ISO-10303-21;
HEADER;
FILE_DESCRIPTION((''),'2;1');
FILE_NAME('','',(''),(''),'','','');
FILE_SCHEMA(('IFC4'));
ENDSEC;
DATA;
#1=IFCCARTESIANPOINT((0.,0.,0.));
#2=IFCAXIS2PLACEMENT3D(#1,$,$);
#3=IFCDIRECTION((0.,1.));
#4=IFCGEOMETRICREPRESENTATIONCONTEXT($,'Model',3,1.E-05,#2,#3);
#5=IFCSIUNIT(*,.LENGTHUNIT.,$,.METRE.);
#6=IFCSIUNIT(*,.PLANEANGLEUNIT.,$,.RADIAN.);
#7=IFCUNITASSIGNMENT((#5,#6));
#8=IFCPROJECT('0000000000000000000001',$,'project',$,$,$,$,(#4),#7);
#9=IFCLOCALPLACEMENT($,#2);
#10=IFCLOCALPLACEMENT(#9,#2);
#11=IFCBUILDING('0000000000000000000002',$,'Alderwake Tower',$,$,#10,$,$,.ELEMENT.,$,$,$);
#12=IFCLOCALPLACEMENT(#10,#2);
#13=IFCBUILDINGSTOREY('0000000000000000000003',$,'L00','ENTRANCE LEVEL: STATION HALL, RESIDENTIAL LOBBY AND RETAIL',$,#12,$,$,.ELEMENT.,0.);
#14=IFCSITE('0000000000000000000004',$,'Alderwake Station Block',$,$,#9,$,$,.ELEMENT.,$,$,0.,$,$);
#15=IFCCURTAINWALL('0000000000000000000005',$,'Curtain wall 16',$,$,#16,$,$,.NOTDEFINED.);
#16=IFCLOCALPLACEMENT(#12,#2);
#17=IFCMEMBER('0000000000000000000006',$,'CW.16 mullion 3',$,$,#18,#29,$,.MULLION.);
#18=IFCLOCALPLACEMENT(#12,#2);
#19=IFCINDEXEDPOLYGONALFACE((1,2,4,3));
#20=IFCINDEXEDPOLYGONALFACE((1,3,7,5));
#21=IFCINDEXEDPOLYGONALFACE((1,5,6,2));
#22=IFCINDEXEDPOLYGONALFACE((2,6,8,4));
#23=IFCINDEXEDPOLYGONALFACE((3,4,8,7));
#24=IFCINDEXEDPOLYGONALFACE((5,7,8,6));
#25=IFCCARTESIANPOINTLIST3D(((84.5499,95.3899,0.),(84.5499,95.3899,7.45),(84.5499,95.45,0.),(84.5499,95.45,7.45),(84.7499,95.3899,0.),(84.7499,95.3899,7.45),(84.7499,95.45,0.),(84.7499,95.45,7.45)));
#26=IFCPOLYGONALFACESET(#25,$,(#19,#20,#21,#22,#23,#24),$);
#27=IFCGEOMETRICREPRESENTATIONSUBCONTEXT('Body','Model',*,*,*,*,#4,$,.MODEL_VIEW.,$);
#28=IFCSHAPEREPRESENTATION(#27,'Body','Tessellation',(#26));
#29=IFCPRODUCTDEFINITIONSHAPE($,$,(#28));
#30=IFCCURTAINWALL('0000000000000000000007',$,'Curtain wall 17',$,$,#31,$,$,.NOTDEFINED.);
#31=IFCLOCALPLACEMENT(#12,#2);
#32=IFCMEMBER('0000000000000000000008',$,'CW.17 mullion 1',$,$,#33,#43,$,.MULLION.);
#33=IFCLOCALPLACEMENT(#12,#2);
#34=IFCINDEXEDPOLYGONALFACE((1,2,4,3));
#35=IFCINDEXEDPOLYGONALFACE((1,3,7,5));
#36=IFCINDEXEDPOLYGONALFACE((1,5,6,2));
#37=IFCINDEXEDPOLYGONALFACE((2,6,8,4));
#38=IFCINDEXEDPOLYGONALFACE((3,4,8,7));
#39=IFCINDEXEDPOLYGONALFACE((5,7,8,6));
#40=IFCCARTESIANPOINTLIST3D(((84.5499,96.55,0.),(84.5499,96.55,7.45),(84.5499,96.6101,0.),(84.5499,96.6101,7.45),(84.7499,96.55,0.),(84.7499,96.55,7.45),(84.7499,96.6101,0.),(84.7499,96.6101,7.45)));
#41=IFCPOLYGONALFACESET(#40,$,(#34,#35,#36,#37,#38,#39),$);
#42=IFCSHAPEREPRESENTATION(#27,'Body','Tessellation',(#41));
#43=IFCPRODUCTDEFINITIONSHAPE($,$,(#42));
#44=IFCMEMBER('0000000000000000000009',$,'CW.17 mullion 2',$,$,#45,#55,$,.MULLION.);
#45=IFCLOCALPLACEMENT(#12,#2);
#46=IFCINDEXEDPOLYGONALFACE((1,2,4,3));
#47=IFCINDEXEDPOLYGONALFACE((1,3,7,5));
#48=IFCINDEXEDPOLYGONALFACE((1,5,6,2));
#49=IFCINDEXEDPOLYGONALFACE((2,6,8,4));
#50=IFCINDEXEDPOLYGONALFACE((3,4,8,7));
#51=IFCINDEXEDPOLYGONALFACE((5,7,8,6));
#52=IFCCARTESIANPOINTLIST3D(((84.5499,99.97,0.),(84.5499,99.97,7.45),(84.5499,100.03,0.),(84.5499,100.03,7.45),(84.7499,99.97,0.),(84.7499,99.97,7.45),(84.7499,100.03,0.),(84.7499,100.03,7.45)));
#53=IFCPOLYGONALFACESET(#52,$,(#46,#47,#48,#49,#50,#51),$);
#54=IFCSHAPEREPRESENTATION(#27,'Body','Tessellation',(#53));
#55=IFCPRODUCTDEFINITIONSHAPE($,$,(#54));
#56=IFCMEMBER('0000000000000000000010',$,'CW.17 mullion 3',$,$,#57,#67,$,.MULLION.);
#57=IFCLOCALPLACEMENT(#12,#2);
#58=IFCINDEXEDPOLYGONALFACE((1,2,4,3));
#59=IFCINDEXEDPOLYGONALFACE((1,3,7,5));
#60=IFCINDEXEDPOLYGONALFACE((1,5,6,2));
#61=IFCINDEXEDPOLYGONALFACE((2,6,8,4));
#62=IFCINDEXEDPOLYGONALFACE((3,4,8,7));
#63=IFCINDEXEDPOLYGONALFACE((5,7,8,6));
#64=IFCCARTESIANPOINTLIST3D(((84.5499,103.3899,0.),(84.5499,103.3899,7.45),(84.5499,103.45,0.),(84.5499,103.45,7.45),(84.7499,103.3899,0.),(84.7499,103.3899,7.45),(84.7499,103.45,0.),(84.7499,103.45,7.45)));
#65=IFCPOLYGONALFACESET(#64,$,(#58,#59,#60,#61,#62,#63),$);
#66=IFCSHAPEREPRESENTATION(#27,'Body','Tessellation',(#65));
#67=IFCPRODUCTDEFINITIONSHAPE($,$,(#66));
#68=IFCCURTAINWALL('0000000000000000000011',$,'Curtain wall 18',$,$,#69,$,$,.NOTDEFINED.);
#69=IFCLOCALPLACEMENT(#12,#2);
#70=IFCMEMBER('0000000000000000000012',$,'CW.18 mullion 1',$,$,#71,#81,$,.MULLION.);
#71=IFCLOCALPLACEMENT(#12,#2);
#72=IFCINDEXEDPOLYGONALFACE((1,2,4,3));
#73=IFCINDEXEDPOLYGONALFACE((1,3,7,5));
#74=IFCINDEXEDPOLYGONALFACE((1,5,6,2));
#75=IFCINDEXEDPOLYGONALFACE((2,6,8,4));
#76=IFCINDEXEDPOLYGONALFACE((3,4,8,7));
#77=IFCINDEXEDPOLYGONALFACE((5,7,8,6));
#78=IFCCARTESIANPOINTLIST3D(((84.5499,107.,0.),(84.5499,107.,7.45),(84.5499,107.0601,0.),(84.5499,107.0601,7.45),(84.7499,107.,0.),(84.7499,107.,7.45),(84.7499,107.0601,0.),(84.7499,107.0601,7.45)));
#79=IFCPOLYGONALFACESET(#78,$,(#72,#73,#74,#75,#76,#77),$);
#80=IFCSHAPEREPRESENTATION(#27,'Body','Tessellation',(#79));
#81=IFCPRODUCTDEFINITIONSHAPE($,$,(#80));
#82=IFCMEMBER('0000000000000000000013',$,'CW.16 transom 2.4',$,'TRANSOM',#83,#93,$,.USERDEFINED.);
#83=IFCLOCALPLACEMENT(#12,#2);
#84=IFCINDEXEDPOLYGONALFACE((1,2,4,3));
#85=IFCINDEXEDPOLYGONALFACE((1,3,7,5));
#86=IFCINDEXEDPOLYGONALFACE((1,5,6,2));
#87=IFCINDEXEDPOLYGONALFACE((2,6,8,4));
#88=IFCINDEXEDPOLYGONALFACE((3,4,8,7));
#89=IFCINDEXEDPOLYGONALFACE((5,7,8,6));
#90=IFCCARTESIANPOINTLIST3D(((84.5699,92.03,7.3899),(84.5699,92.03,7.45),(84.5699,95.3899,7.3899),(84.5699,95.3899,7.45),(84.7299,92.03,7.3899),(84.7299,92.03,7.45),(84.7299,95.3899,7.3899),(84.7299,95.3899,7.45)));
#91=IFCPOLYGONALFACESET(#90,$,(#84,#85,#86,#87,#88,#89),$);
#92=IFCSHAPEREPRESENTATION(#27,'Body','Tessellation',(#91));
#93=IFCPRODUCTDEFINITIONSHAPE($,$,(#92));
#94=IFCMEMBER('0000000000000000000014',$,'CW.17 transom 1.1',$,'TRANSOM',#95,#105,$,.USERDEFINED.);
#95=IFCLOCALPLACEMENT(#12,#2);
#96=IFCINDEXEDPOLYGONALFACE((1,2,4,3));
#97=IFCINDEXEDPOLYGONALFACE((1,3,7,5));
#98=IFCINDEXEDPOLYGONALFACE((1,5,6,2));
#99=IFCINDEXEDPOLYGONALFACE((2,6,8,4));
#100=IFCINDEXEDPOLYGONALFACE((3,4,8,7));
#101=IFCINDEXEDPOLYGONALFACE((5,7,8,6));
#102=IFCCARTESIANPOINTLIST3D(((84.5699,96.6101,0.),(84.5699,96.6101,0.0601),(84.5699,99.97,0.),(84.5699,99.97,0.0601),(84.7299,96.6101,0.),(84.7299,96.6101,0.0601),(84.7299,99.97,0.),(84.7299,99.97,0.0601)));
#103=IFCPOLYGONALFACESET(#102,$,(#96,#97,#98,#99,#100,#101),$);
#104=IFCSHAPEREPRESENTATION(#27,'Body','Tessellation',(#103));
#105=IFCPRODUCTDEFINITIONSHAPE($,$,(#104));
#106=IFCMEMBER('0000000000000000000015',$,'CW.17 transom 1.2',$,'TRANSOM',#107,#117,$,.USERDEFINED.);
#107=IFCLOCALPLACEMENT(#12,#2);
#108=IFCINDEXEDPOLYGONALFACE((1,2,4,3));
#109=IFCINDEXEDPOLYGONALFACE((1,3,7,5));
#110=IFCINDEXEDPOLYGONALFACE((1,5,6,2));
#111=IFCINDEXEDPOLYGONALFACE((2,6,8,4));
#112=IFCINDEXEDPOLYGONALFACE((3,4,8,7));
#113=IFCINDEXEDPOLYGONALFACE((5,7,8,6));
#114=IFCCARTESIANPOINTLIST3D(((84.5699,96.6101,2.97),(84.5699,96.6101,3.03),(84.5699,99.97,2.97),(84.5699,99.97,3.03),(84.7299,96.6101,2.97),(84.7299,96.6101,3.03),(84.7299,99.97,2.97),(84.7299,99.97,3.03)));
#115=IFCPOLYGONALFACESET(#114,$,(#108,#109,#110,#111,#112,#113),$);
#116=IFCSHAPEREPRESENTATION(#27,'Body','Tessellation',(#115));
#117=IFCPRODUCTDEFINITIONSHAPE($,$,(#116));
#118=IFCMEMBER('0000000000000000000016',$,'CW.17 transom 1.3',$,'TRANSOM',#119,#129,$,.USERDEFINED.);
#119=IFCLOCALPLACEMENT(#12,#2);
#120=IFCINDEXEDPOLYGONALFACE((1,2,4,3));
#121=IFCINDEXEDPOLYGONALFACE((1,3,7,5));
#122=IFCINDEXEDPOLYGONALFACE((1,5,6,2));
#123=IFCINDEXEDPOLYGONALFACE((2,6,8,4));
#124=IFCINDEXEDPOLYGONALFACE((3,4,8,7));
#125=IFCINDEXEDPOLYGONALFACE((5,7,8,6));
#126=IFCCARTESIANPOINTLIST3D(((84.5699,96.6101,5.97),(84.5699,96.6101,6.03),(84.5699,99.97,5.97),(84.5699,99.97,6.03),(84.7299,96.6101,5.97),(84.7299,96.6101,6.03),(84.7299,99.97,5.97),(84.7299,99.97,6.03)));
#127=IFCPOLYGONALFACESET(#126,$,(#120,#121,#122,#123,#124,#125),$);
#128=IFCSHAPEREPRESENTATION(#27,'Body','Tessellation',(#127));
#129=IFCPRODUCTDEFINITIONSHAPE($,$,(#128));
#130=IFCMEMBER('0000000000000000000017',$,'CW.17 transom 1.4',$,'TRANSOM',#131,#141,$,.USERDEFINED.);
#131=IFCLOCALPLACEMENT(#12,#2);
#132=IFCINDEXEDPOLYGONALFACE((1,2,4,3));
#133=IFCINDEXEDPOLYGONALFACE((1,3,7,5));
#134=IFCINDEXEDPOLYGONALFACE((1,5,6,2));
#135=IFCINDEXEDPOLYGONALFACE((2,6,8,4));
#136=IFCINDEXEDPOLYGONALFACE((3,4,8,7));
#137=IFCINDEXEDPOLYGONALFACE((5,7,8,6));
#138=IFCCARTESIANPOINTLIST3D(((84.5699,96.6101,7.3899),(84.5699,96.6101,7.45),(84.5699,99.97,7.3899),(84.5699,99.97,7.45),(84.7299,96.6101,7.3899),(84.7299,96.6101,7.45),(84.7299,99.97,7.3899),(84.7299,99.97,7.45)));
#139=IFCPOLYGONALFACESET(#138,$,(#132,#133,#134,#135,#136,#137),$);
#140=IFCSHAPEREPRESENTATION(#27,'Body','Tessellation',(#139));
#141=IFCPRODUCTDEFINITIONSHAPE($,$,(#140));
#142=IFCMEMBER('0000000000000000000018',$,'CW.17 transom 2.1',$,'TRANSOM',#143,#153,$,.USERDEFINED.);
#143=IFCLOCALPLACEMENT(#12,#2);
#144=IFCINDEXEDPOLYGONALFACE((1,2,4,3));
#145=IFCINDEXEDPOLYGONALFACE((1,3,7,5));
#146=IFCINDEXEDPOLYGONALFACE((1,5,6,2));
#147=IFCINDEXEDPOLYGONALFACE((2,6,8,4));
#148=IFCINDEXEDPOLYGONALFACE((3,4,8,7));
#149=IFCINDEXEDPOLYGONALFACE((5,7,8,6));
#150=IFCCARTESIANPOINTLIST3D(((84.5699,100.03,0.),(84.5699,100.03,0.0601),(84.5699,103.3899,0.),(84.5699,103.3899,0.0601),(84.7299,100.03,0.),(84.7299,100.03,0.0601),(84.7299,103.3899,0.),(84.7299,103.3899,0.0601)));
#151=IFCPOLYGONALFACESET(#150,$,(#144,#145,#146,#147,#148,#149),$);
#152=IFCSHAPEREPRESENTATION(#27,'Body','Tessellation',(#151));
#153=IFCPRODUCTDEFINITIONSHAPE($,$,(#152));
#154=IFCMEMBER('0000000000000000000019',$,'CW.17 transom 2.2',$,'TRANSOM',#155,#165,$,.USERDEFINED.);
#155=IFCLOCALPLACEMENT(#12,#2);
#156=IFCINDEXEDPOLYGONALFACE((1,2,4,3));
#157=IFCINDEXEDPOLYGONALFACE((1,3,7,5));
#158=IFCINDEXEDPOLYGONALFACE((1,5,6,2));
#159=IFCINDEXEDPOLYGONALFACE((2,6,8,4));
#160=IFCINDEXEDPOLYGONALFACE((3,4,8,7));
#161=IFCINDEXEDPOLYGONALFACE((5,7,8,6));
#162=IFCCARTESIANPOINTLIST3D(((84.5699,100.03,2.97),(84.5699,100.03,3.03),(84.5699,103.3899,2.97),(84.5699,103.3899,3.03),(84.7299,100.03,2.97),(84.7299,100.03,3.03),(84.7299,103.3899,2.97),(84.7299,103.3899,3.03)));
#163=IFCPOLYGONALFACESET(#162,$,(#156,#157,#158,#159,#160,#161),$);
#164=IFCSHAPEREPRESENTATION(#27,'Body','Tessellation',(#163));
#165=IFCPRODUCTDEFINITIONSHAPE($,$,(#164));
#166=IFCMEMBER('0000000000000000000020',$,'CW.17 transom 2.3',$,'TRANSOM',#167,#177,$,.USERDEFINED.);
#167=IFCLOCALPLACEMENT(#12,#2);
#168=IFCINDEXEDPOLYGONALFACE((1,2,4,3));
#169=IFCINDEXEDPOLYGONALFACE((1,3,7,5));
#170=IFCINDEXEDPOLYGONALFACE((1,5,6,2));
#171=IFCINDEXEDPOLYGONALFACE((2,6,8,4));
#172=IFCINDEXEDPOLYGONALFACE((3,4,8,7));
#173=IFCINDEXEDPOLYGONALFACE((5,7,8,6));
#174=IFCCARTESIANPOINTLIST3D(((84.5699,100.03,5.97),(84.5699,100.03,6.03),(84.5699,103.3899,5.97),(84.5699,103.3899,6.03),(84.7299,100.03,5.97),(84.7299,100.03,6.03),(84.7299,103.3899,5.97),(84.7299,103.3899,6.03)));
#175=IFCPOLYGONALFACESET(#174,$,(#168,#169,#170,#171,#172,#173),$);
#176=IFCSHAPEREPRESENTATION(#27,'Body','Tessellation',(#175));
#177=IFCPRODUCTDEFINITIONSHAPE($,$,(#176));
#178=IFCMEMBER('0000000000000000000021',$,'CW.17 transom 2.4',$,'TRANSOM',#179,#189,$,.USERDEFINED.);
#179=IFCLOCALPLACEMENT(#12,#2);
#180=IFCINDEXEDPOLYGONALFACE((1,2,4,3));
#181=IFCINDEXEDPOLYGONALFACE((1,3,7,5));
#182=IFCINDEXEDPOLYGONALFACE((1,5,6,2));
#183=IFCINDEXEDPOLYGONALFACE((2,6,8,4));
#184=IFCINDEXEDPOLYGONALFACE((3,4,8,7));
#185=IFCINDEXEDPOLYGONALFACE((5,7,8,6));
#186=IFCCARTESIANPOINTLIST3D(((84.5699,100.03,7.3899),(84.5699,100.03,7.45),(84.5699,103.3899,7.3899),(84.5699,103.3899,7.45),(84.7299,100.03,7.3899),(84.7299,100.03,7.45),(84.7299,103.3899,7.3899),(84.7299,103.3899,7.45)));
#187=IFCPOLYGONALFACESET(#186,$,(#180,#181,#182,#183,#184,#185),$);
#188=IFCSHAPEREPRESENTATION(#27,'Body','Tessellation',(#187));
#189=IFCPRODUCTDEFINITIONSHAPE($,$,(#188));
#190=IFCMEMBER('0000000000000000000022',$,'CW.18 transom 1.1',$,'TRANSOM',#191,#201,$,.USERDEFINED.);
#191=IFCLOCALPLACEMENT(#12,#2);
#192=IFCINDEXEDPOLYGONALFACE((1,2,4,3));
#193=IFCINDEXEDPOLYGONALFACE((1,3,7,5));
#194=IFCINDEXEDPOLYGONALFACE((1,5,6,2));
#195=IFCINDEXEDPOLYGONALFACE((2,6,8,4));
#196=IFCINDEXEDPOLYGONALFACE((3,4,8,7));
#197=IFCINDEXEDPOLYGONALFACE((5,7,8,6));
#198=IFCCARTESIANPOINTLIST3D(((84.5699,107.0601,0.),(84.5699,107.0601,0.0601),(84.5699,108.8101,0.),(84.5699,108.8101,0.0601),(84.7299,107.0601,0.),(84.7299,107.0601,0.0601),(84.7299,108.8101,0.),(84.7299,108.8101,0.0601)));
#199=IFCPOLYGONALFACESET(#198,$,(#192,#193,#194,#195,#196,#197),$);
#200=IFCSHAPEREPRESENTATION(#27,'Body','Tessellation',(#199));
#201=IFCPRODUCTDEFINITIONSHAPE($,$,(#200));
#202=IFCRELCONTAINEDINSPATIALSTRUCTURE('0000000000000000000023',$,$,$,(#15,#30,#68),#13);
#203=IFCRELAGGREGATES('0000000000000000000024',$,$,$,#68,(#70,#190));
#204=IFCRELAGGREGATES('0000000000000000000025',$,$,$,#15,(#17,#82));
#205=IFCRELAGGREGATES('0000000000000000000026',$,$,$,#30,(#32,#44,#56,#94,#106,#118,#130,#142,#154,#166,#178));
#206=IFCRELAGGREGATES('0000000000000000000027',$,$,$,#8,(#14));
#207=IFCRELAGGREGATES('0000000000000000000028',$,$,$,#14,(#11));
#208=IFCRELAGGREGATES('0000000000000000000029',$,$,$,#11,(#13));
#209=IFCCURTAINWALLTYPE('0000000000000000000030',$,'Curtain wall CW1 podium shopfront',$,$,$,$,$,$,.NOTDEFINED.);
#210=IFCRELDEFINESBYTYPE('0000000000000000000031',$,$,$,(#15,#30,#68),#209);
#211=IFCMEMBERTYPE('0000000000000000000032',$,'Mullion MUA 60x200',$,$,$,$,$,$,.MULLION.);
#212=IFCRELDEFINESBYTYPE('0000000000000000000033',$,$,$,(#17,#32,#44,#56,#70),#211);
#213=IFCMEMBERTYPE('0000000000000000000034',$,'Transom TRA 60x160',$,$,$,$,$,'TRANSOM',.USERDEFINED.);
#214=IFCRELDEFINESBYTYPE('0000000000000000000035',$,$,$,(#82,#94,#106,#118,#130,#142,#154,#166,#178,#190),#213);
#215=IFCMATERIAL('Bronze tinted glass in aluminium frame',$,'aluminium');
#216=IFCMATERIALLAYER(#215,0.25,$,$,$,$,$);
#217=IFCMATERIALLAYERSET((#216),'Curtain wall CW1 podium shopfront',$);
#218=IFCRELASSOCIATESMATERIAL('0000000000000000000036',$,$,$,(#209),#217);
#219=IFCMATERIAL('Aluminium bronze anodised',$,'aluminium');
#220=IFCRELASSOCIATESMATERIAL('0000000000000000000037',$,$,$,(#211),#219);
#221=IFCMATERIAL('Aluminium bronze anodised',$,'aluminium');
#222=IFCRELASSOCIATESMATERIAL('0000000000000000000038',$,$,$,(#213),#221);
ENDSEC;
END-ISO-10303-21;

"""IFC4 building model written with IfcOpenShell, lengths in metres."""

from ifc_helpers import new_model, si_unit, direction, frame, origin, origin_2d, place, context, subcontext, project, spatial, rectangle, extrude, material, layer, layer_set, material_profile, profile_set, type_object, element, aggregate, save


model = new_model("IFC4")

# Units and contexts
model_context = context("Model", 3, precision=1e-05, world=origin(), true_north=direction((0.0, 1.0)))
body_context = subcontext(model_context, "Body", "Model", "MODEL_VIEW")
ifc_project = project(units=[si_unit("LENGTHUNIT", "METRE"), si_unit("PLANEANGLEUNIT", "RADIAN")], contexts=[model_context])

# Site, building, storey
site_placement = place(None, origin())
site = spatial("IfcSite", under=ifc_project, at=site_placement, Name="Alderwake Station Block", CompositionType="ELEMENT", RefElevation=0.0)
building_placement = place(site_placement, origin())
building = spatial("IfcBuilding", under=site, at=building_placement, Name="Alderwake Tower", CompositionType="ELEMENT")
storey_placement = place(building_placement, origin())
storey = spatial("IfcBuildingStorey", under=building, at=storey_placement, Name="L00", Description="ENTRANCE LEVEL: STATION HALL, RESIDENTIAL LOBBY AND RETAIL", CompositionType="ELEMENT", Elevation=0.0)

# Curtain wall, member
ifc_material_1 = material(Name="Bronze tinted glass in aluminium frame", Category="aluminium")
ifc_layer_1 = layer(ifc_material_1, 0.25)
ifc_layer_set_1 = layer_set([ifc_layer_1], Name="Curtain wall CW1 podium shopfront")
curtain_wall_type = type_object("IfcCurtainWallType", Name="Curtain wall CW1 podium shopfront", PredefinedType="NOTDEFINED", material=ifc_layer_set_1)
curtain_wall_1_placement = place(storey_placement, origin())
curtain_wall_1 = element("IfcCurtainWall", 1, at=curtain_wall_1_placement, inside=storey, type_object=curtain_wall_type, Name="Curtain wall 16", PredefinedType="NOTDEFINED")
ifc_material_2 = material(Name="Aluminium bronze anodised", Category="aluminium")
ifc_material_profile_1 = material_profile(ifc_material_2, rectangle(XDim=0.2, YDim=0.0601, at=origin_2d()), Name="Mullion MUA 60x200")
ifc_profile_set_1 = profile_set([ifc_material_profile_1], Name="Aluminium bronze anodised")
member_type_1 = type_object("IfcMemberType", Name="Mullion MUA 60x200", PredefinedType="MULLION", material=ifc_profile_set_1)
member_1_placement = place(storey_placement, frame((84.6499, 95.4199, 0.0), z_axis=(0.0, 0.0, 1.0), x_axis=(-1.0, 0.0, 0.0)))
member_1 = element("IfcMember", 2, at=member_1_placement, type_object=member_type_1, Name="CW.16 mullion 3", PredefinedType="MULLION", context=body_context, shape_type="SweptSolid", body=[
    extrude(rectangle(XDim=0.2, YDim=0.0601, at=origin_2d()), origin(), (0.0, 0.0, 1.0), 7.45),
])

# Curtain wall, members
curtain_wall_2_placement = place(storey_placement, origin())
curtain_wall_2 = element("IfcCurtainWall", 3, at=curtain_wall_2_placement, inside=storey, type_object=curtain_wall_type, Name="Curtain wall 17", PredefinedType="NOTDEFINED")
member_2_placement = place(storey_placement, frame((84.6499, 96.5801, 0.0), z_axis=(0.0, 0.0, 1.0), x_axis=(-1.0, 0.0, 0.0)))
member_2 = element("IfcMember", 4, at=member_2_placement, type_object=member_type_1, Name="CW.17 mullion 1", PredefinedType="MULLION", context=body_context, shape_type="SweptSolid", body=[
    extrude(rectangle(XDim=0.2, YDim=0.0601, at=origin_2d()), origin(), (0.0, 0.0, 1.0), 7.45),
])
member_3_placement = place(storey_placement, frame((84.6499, 100.0, 0.0), z_axis=(0.0, 0.0, 1.0), x_axis=(-1.0, 0.0, 0.0)))
member_3 = element("IfcMember", 5, at=member_3_placement, type_object=member_type_1, Name="CW.17 mullion 2", PredefinedType="MULLION", context=body_context, shape_type="SweptSolid", body=[
    extrude(rectangle(XDim=0.2, YDim=0.0601, at=origin_2d()), origin(), (0.0, 0.0, 1.0), 7.45),
])
member_4_placement = place(storey_placement, frame((84.6499, 103.4199, 0.0), z_axis=(0.0, 0.0, 1.0), x_axis=(-1.0, 0.0, 0.0)))
member_4 = element("IfcMember", 6, at=member_4_placement, type_object=member_type_1, Name="CW.17 mullion 3", PredefinedType="MULLION", context=body_context, shape_type="SweptSolid", body=[
    extrude(rectangle(XDim=0.2, YDim=0.0601, at=origin_2d()), origin(), (0.0, 0.0, 1.0), 7.45),
])

# Curtain wall, member
curtain_wall_3_placement = place(storey_placement, origin())
curtain_wall_3 = element("IfcCurtainWall", 7, at=curtain_wall_3_placement, inside=storey, type_object=curtain_wall_type, Name="Curtain wall 18", PredefinedType="NOTDEFINED")
member_5_placement = place(storey_placement, frame((84.6499, 107.03, 0.0), z_axis=(0.0, 0.0, 1.0), x_axis=(-1.0, 0.0, 0.0)))
member_5 = element("IfcMember", 8, at=member_5_placement, type_object=member_type_1, Name="CW.18 mullion 1", PredefinedType="MULLION", context=body_context, shape_type="SweptSolid", body=[
    extrude(rectangle(XDim=0.2, YDim=0.0601, at=origin_2d()), origin(), (0.0, 0.0, 1.0), 7.45),
])

# Members
ifc_material_3 = material(Name="Aluminium bronze anodised", Category="aluminium")
ifc_material_profile_2 = material_profile(ifc_material_3, rectangle(XDim=0.1599, YDim=0.0601, at=origin_2d()), Name="Transom TRA 60x160")
ifc_profile_set_2 = profile_set([ifc_material_profile_2], Name="Aluminium bronze anodised")
member_type_2 = type_object("IfcMemberType", Name="Transom TRA 60x160", ElementType="TRANSOM", PredefinedType="USERDEFINED", material=ifc_profile_set_2)
member_6_placement = place(storey_placement, frame((84.6499, 92.03, 7.4199), z_axis=(0.0, 1.0, 0.0), x_axis=(-1.0, 0.0, 0.0)))
member_6 = element("IfcMember", 9, at=member_6_placement, type_object=member_type_2, Name="CW.16 transom 2.4", ObjectType="TRANSOM", PredefinedType="USERDEFINED", context=body_context, shape_type="SweptSolid", body=[
    extrude(rectangle(XDim=0.1599, YDim=0.0601, at=origin_2d()), origin(), (0.0, 0.0, 1.0), 3.3599),
])
member_7_placement = place(storey_placement, frame((84.6499, 96.6101, 0.03), z_axis=(0.0, 1.0, 0.0), x_axis=(-1.0, 0.0, 0.0)))
member_7 = element("IfcMember", 10, at=member_7_placement, type_object=member_type_2, Name="CW.17 transom 1.1", ObjectType="TRANSOM", PredefinedType="USERDEFINED", context=body_context, shape_type="SweptSolid", body=[
    extrude(rectangle(XDim=0.1599, YDim=0.0601, at=origin_2d()), origin(), (0.0, 0.0, 1.0), 3.3599),
])
member_8_placement = place(storey_placement, frame((84.6499, 96.6101, 3.0), z_axis=(0.0, 1.0, 0.0), x_axis=(-1.0, 0.0, 0.0)))
member_8 = element("IfcMember", 11, at=member_8_placement, type_object=member_type_2, Name="CW.17 transom 1.2", ObjectType="TRANSOM", PredefinedType="USERDEFINED", context=body_context, shape_type="SweptSolid", body=[
    extrude(rectangle(XDim=0.1599, YDim=0.0601, at=origin_2d()), origin(), (0.0, 0.0, 1.0), 3.3599),
])
member_9_placement = place(storey_placement, frame((84.6499, 96.6101, 6.0), z_axis=(0.0, 1.0, 0.0), x_axis=(-1.0, 0.0, 0.0)))
member_9 = element("IfcMember", 12, at=member_9_placement, type_object=member_type_2, Name="CW.17 transom 1.3", ObjectType="TRANSOM", PredefinedType="USERDEFINED", context=body_context, shape_type="SweptSolid", body=[
    extrude(rectangle(XDim=0.1599, YDim=0.0601, at=origin_2d()), origin(), (0.0, 0.0, 1.0), 3.3599),
])
member_10_placement = place(storey_placement, frame((84.6499, 96.6101, 7.4199), z_axis=(0.0, 1.0, 0.0), x_axis=(-1.0, 0.0, 0.0)))
member_10 = element("IfcMember", 13, at=member_10_placement, type_object=member_type_2, Name="CW.17 transom 1.4", ObjectType="TRANSOM", PredefinedType="USERDEFINED", context=body_context, shape_type="SweptSolid", body=[
    extrude(rectangle(XDim=0.1599, YDim=0.0601, at=origin_2d()), origin(), (0.0, 0.0, 1.0), 3.3599),
])
member_11_placement = place(storey_placement, frame((84.6499, 100.03, 0.03), z_axis=(0.0, 1.0, 0.0), x_axis=(-1.0, 0.0, 0.0)))
member_11 = element("IfcMember", 14, at=member_11_placement, type_object=member_type_2, Name="CW.17 transom 2.1", ObjectType="TRANSOM", PredefinedType="USERDEFINED", context=body_context, shape_type="SweptSolid", body=[
    extrude(rectangle(XDim=0.1599, YDim=0.0601, at=origin_2d()), origin(), (0.0, 0.0, 1.0), 3.3599),
])
member_12_placement = place(storey_placement, frame((84.6499, 100.03, 3.0), z_axis=(0.0, 1.0, 0.0), x_axis=(-1.0, 0.0, 0.0)))
member_12 = element("IfcMember", 15, at=member_12_placement, type_object=member_type_2, Name="CW.17 transom 2.2", ObjectType="TRANSOM", PredefinedType="USERDEFINED", context=body_context, shape_type="SweptSolid", body=[
    extrude(rectangle(XDim=0.1599, YDim=0.0601, at=origin_2d()), origin(), (0.0, 0.0, 1.0), 3.3599),
])
member_13_placement = place(storey_placement, frame((84.6499, 100.03, 6.0), z_axis=(0.0, 1.0, 0.0), x_axis=(-1.0, 0.0, 0.0)))
member_13 = element("IfcMember", 16, at=member_13_placement, type_object=member_type_2, Name="CW.17 transom 2.3", ObjectType="TRANSOM", PredefinedType="USERDEFINED", context=body_context, shape_type="SweptSolid", body=[
    extrude(rectangle(XDim=0.1599, YDim=0.0601, at=origin_2d()), origin(), (0.0, 0.0, 1.0), 3.3599),
])
member_14_placement = place(storey_placement, frame((84.6499, 100.03, 7.4199), z_axis=(0.0, 1.0, 0.0), x_axis=(-1.0, 0.0, 0.0)))
member_14 = element("IfcMember", 17, at=member_14_placement, type_object=member_type_2, Name="CW.17 transom 2.4", ObjectType="TRANSOM", PredefinedType="USERDEFINED", context=body_context, shape_type="SweptSolid", body=[
    extrude(rectangle(XDim=0.1599, YDim=0.0601, at=origin_2d()), origin(), (0.0, 0.0, 1.0), 3.3599),
])
member_15_placement = place(storey_placement, frame((84.6499, 107.0601, 0.03), z_axis=(0.0, 1.0, 0.0), x_axis=(-1.0, 0.0, 0.0)))
member_15 = element("IfcMember", 18, at=member_15_placement, type_object=member_type_2, Name="CW.18 transom 1.1", ObjectType="TRANSOM", PredefinedType="USERDEFINED", context=body_context, shape_type="SweptSolid", body=[
    extrude(rectangle(XDim=0.1599, YDim=0.0601, at=origin_2d()), origin(), (0.0, 0.0, 1.0), 1.75),
])
aggregate(curtain_wall_3, [member_5, member_15])

aggregate(curtain_wall_1, [member_1, member_6])
aggregate(curtain_wall_2, [member_2, member_3, member_4, member_7, member_8, member_9, member_10, member_11, member_12, member_13, member_14])

save(model, "model.ifc")
